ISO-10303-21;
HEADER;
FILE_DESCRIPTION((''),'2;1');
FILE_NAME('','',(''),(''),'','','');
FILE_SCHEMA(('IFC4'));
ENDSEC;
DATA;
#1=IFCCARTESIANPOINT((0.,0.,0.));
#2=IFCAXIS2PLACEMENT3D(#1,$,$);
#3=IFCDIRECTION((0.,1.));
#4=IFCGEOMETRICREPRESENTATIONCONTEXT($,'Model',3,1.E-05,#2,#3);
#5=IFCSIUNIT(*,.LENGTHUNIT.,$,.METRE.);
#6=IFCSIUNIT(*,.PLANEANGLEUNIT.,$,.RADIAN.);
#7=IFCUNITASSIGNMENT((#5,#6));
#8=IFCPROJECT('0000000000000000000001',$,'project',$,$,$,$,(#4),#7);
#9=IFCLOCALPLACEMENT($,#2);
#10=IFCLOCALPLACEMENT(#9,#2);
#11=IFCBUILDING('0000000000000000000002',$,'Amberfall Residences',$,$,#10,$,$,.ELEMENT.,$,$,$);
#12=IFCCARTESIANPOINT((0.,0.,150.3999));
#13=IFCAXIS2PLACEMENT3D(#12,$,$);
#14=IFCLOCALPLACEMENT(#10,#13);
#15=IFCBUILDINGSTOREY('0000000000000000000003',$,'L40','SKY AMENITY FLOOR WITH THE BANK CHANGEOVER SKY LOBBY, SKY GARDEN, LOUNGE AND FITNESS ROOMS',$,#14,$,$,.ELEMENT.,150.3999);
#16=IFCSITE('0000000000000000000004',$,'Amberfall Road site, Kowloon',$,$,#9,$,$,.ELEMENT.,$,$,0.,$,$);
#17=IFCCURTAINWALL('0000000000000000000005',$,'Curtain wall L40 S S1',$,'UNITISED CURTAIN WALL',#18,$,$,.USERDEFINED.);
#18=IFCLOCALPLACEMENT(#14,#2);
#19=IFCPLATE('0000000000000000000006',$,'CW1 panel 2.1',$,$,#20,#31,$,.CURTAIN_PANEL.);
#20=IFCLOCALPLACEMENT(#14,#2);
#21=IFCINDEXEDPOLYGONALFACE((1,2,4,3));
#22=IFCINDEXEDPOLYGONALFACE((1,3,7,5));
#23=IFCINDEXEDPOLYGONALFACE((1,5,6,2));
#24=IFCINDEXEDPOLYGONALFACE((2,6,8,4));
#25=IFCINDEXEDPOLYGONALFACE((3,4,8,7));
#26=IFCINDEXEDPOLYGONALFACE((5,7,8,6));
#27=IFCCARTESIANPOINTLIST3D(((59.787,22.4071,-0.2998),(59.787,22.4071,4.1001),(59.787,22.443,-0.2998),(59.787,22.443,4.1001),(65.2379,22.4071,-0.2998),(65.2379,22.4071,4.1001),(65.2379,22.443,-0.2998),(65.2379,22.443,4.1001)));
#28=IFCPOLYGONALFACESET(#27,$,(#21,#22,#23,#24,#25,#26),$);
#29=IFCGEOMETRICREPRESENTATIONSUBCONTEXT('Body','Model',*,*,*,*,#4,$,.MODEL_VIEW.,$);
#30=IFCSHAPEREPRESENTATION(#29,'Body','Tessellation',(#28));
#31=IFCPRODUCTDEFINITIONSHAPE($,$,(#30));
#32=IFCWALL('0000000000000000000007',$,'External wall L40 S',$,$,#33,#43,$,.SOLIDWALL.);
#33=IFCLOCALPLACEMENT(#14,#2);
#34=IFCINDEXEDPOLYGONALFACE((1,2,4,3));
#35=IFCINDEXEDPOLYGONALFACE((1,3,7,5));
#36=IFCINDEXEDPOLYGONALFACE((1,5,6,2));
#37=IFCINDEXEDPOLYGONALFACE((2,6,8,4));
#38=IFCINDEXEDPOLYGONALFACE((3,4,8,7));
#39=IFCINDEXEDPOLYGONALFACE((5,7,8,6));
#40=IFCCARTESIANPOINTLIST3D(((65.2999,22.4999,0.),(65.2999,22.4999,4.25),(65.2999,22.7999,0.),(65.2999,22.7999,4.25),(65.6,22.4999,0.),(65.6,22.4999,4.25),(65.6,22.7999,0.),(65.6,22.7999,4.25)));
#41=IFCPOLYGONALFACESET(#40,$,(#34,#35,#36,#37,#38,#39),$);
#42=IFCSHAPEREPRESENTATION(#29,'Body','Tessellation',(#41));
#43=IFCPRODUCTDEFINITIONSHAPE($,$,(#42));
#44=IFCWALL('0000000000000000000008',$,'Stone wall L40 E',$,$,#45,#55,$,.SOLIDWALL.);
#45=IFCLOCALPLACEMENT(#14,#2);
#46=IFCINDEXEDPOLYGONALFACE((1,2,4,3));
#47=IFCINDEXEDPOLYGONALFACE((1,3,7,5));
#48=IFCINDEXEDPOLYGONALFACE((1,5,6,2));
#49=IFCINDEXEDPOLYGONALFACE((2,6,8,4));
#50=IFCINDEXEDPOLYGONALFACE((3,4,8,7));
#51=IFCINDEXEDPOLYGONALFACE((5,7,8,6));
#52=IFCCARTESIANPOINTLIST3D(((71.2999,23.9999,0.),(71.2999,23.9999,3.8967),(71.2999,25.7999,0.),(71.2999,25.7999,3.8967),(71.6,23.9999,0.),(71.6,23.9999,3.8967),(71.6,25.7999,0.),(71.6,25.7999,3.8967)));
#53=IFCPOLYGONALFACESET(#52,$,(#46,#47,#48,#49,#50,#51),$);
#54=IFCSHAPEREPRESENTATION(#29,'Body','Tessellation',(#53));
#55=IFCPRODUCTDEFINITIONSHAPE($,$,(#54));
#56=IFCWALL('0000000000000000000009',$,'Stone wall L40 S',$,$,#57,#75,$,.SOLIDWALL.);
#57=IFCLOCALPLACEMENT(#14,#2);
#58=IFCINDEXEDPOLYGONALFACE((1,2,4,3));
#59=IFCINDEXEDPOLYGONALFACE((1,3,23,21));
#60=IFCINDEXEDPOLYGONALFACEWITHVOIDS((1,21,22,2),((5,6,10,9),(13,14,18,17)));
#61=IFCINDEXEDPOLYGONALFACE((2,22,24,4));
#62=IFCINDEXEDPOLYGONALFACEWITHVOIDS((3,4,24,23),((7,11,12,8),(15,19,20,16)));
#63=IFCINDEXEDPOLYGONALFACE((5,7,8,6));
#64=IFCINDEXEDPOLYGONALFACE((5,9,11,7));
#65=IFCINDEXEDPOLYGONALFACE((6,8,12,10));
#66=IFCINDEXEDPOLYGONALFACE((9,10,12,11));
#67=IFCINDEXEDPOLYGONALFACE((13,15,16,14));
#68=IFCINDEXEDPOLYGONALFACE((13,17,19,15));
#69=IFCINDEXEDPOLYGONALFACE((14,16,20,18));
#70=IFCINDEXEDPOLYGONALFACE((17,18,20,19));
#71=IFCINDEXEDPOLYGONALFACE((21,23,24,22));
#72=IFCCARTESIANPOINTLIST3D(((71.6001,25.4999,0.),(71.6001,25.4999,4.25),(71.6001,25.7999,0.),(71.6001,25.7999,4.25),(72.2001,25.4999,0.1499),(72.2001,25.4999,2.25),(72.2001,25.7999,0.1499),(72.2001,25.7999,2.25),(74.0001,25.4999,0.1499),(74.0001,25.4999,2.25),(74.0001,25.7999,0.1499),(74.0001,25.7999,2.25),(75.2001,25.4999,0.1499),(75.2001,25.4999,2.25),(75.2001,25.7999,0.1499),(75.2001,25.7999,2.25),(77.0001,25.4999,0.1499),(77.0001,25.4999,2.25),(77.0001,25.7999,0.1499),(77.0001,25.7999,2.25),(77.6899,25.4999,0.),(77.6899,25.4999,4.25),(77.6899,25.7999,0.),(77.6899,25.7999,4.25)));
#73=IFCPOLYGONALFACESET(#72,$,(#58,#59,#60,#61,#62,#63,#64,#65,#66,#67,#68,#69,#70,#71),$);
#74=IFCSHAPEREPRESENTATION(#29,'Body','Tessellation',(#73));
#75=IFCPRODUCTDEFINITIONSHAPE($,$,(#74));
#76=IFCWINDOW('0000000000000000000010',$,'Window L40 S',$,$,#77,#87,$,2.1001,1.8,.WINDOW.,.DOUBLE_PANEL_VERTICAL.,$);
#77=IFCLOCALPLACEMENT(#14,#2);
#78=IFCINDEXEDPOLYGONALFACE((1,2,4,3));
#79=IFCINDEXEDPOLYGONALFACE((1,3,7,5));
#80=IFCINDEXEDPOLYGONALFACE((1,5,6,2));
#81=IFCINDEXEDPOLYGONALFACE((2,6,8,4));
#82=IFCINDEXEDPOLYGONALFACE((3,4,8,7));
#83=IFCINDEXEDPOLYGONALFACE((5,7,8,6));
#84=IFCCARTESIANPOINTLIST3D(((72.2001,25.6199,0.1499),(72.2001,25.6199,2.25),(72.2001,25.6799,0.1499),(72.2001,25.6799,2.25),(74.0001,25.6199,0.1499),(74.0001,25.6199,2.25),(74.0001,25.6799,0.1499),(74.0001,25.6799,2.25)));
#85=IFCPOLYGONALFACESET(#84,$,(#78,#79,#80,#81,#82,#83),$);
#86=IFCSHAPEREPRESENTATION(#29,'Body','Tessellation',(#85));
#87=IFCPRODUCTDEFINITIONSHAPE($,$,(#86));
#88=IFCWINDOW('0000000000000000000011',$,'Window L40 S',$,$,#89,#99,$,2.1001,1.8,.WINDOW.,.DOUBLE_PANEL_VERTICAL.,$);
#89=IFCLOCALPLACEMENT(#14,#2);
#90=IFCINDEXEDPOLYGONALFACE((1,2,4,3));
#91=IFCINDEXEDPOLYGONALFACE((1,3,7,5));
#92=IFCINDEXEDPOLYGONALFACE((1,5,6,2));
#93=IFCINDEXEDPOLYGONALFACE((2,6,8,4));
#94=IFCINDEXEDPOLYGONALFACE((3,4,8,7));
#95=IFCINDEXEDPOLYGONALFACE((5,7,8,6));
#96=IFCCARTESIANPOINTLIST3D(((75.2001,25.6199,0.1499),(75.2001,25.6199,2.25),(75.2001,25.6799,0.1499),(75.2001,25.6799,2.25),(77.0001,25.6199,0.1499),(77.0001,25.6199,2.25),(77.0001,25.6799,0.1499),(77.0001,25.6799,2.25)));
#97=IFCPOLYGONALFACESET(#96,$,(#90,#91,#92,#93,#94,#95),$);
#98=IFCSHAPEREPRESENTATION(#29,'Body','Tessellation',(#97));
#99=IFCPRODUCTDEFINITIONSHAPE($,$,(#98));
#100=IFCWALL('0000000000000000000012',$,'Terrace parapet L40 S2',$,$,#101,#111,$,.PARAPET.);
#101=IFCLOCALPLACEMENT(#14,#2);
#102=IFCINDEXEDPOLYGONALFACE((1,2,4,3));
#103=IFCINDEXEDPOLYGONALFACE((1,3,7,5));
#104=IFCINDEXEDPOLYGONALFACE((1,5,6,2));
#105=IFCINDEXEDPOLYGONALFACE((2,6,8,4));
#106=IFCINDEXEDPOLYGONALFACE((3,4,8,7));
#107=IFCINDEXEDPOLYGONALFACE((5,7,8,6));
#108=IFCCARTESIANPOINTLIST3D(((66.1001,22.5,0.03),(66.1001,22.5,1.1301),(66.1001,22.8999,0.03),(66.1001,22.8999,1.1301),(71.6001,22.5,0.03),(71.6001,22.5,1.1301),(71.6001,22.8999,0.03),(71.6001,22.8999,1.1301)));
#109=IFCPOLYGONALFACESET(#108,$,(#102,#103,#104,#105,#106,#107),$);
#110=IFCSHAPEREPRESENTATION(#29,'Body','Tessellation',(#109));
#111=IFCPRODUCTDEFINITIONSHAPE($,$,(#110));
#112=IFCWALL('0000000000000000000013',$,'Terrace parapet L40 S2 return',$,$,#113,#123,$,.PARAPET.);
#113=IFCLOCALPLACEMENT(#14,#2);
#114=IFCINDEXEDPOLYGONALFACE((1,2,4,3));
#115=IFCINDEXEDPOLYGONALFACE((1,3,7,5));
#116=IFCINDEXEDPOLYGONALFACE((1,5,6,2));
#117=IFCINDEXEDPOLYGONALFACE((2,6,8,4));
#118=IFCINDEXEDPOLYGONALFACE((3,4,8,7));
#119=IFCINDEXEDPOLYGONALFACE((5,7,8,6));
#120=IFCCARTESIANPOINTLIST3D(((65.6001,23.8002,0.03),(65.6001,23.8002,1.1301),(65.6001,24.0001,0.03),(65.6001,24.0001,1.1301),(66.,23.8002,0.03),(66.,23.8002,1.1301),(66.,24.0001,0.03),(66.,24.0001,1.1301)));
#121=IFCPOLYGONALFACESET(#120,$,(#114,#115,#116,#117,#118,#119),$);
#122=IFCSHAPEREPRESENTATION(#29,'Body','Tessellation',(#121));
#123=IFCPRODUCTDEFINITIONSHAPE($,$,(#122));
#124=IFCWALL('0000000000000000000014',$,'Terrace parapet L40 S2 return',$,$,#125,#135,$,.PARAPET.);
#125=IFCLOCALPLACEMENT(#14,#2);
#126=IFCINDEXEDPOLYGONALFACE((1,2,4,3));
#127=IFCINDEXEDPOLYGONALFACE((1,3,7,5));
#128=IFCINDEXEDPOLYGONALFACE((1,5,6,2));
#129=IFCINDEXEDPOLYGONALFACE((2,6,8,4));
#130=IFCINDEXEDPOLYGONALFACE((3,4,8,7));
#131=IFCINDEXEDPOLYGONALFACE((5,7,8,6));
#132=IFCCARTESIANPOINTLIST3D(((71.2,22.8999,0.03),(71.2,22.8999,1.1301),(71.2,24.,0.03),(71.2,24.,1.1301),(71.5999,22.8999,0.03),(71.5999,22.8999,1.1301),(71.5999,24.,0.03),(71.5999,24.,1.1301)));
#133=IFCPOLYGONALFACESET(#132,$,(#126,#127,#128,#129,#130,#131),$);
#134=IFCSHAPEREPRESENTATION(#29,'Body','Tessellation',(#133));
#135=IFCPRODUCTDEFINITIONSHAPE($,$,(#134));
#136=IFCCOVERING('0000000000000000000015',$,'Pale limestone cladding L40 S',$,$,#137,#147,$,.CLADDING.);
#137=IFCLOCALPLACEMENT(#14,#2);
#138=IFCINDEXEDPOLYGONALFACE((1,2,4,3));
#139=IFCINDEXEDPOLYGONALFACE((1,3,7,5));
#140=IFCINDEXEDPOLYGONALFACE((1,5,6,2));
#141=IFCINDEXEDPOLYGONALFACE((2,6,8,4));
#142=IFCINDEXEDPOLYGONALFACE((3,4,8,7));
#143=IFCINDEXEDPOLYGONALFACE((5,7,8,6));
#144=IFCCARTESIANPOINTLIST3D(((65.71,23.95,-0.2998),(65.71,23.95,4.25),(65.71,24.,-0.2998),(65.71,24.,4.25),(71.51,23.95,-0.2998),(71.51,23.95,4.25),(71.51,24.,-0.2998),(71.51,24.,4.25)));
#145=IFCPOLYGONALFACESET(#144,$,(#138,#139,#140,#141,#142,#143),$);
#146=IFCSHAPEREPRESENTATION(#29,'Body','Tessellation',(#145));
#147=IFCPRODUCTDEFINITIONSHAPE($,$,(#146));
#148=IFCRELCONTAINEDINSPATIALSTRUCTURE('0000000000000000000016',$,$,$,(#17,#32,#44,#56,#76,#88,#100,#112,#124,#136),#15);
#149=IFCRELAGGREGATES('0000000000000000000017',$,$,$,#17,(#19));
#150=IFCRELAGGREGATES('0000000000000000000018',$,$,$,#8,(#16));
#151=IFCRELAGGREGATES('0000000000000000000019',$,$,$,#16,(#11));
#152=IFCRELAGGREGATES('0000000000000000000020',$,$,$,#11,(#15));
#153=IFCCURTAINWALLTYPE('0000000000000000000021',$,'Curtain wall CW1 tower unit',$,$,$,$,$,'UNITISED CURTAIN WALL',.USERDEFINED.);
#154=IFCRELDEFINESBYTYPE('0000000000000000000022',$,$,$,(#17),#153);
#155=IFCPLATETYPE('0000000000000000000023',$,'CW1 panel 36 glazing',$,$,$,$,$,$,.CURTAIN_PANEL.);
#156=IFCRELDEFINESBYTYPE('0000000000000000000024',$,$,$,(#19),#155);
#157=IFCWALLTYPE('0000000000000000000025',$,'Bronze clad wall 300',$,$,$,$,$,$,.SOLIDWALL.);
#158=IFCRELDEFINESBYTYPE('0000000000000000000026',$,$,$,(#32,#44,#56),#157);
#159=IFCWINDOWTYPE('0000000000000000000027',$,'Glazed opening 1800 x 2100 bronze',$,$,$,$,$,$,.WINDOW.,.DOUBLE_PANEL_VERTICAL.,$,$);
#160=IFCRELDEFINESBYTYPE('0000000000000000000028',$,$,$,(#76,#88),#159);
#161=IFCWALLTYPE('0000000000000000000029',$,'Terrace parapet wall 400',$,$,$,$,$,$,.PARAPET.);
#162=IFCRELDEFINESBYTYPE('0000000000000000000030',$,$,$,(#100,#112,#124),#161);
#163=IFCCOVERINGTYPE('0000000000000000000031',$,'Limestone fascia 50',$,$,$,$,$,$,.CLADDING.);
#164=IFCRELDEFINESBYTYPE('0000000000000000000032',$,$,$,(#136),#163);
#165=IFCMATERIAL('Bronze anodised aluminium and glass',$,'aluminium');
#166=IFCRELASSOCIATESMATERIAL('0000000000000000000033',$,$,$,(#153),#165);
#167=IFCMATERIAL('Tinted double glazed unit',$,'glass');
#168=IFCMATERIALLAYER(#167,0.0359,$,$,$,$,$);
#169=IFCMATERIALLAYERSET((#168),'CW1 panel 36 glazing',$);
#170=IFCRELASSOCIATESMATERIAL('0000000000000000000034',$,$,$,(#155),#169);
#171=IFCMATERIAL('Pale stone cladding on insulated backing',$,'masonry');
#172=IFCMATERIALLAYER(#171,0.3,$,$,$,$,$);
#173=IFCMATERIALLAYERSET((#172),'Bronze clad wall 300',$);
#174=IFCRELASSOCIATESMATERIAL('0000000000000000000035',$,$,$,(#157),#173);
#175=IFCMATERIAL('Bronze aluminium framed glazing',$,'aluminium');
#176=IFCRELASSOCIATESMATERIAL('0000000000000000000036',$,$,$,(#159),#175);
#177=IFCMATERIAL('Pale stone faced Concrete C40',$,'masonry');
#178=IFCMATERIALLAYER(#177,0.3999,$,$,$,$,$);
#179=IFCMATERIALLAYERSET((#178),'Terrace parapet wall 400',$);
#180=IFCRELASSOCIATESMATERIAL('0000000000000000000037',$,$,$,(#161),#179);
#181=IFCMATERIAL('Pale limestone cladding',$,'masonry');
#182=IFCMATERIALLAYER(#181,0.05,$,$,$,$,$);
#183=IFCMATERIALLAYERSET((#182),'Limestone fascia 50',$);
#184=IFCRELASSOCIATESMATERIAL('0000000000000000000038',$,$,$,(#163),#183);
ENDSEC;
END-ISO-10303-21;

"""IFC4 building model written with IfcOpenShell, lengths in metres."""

from ifc_helpers import new_model, si_unit, direction, frame, frame_2d, origin, origin_2d, place, context, subcontext, project, spatial, polyline, rectangle, outline, extrude, material, layer, layer_set, type_object, element, fill, aggregate, save


model = new_model("IFC4")

# Units and contexts
model_context = context("Model", 3, precision=1e-05, world=origin(), true_north=direction((0.0, 1.0)))
body_context = subcontext(model_context, "Body", "Model", "MODEL_VIEW")
ifc_project = project(units=[si_unit("LENGTHUNIT", "METRE"), si_unit("PLANEANGLEUNIT", "RADIAN")], contexts=[model_context])

# Site, building, storey
site_placement = place(None, origin())
site = spatial("IfcSite", under=ifc_project, at=site_placement, Name="Amberfall Road site, Kowloon", CompositionType="ELEMENT", RefElevation=0.0)
building_placement = place(site_placement, origin())
building = spatial("IfcBuilding", under=site, at=building_placement, Name="Amberfall Residences", CompositionType="ELEMENT")
storey_placement = place(building_placement, frame((0.0, 0.0, 150.3999)))
storey = spatial("IfcBuildingStorey", under=building, at=storey_placement, Name="L40", Description="SKY AMENITY FLOOR WITH THE BANK CHANGEOVER SKY LOBBY, SKY GARDEN, LOUNGE AND FITNESS ROOMS", CompositionType="ELEMENT", Elevation=150.3999)

# Curtain wall
ifc_material_1 = material(Name="Bronze anodised aluminium and glass", Category="aluminium")
curtain_wall_type = type_object("IfcCurtainWallType", Name="Curtain wall CW1 tower unit", ElementType="UNITISED CURTAIN WALL", PredefinedType="USERDEFINED", material=ifc_material_1)
curtain_wall_placement = place(storey_placement, origin())
curtain_wall = element("IfcCurtainWall", 1, at=curtain_wall_placement, inside=storey, type_object=curtain_wall_type, Name="Curtain wall L40 S S1", ObjectType="UNITISED CURTAIN WALL", PredefinedType="USERDEFINED")

# Plate
ifc_material_2 = material(Name="Tinted double glazed unit", Category="glass")
ifc_layer_1 = layer(ifc_material_2, 0.0359)
ifc_layer_set_1 = layer_set([ifc_layer_1], Name="CW1 panel 36 glazing")
plate_type = type_object("IfcPlateType", Name="CW1 panel 36 glazing", PredefinedType="CURTAIN_PANEL", material=ifc_layer_set_1)
plate_placement = place(storey_placement, frame((62.5125, 22.425, -0.2998), z_axis=(0.0, 0.0, 1.0), x_axis=(1.0, 0.0, 0.0)))
plate = element("IfcPlate", 2, at=plate_placement, type_object=plate_type, Name="CW1 panel 2.1", PredefinedType="CURTAIN_PANEL", context=body_context, shape_type="SweptSolid", body=[
    extrude(rectangle(XDim=5.4509, YDim=0.0359, at=origin_2d()), origin(), (0.0, 0.0, 1.0), 4.3999),
])
aggregate(curtain_wall, [plate])

# Wall
ifc_material_3 = material(Name="Pale stone cladding on insulated backing", Category="masonry")
ifc_layer_2 = layer(ifc_material_3, 0.3)
ifc_layer_set_2 = layer_set([ifc_layer_2], Name="Bronze clad wall 300")
wall_type_1 = type_object("IfcWallType", Name="Bronze clad wall 300", PredefinedType="SOLIDWALL", material=ifc_layer_set_2)
wall_1_placement = place(storey_placement, frame((65.45, 22.5, 0.0), z_axis=(0.0, 0.0, 1.0), x_axis=(0.0, 1.0, 0.0)))
element("IfcWall", 3, at=wall_1_placement, inside=storey, type_object=wall_type_1, Name="External wall L40 S", PredefinedType="SOLIDWALL", context=body_context, shape_type="SweptSolid", body=[
    extrude(rectangle(XDim=0.3, YDim=0.3, at=frame_2d((0.1499, 0.0))), origin(), (0.0, 0.0, 1.0), 4.25),
])

# Wall
wall_2_placement = place(storey_placement, frame((71.45, 24.0, 0.0), z_axis=(0.0, 0.0, 1.0), x_axis=(0.0, 1.0, 0.0)))
element("IfcWall", 4, at=wall_2_placement, inside=storey, type_object=wall_type_1, Name="Stone wall L40 E", PredefinedType="SOLIDWALL", context=body_context, shape_type="SweptSolid", body=[
    extrude(rectangle(XDim=1.8, YDim=0.3, at=frame_2d((0.8999, 0.0))), origin(), (0.0, 0.0, 1.0), 3.8967),
])

# Wall, openings, windows
wall_3_placement = place(storey_placement, frame((71.6001, 25.6499, 0.0), z_axis=(0.0, 0.0, 1.0), x_axis=(1.0, 0.0, 0.0)))
wall_3 = element("IfcWall", 5, at=wall_3_placement, inside=storey, type_object=wall_type_1, Name="Stone wall L40 S", PredefinedType="SOLIDWALL", context=body_context, shape_type="SweptSolid", body=[
    extrude(rectangle(XDim=6.0898, YDim=0.3, at=frame_2d((3.0449, 0.0))), origin(), (0.0, 0.0, 1.0), 4.25),
])
opening_1_placement = place(wall_3_placement, frame((0.6001, 0.0, 0.1499)))
opening_1 = element("IfcOpeningElement", 6, at=opening_1_placement, cuts=wall_3, PredefinedType="OPENING", context=body_context, shape_type="SweptSolid", body=[
    extrude(rectangle(XDim=1.8, YDim=2.1001, at=frame_2d((0.8999, 1.05))), frame((0.0, 0.1599, 0.0), z_axis=(0.0, -1.0, 0.0), x_axis=(1.0, 0.0, 0.0)), (0.0, 0.0, 1.0), 0.3201),
])
opening_2_placement = place(wall_3_placement, frame((3.6001, 0.0, 0.1499)))
opening_2 = element("IfcOpeningElement", 7, at=opening_2_placement, cuts=wall_3, PredefinedType="OPENING", context=body_context, shape_type="SweptSolid", body=[
    extrude(rectangle(XDim=1.8, YDim=2.1001, at=frame_2d((0.8999, 1.05))), frame((0.0, 0.1599, 0.0), z_axis=(0.0, -1.0, 0.0), x_axis=(1.0, 0.0, 0.0)), (0.0, 0.0, 1.0), 0.3201),
])
ifc_material_4 = material(Name="Bronze aluminium framed glazing", Category="aluminium")
window_type = type_object("IfcWindowType", Name="Glazed opening 1800 x 2100 bronze", PartitioningType="DOUBLE_PANEL_VERTICAL", PredefinedType="WINDOW", material=ifc_material_4)
window_1_placement = place(opening_1_placement, origin())
window_1 = element("IfcWindow", 8, at=window_1_placement, inside=storey, type_object=window_type, Name="Window L40 S", OverallHeight=2.1001, OverallWidth=1.8, PartitioningType="DOUBLE_PANEL_VERTICAL", PredefinedType="WINDOW", context=body_context, shape_type="SweptSolid", body=[
    extrude(rectangle(XDim=1.8, YDim=2.1001, at=frame_2d((0.8999, 1.05))), frame((0.0, 0.03, 0.0), z_axis=(0.0, -1.0, 0.0), x_axis=(1.0, 0.0, 0.0)), (0.0, 0.0, 1.0), 0.0601),
])
fill(opening_1, window_1)
window_2_placement = place(opening_2_placement, origin())
window_2 = element("IfcWindow", 9, at=window_2_placement, inside=storey, type_object=window_type, Name="Window L40 S", OverallHeight=2.1001, OverallWidth=1.8, PartitioningType="DOUBLE_PANEL_VERTICAL", PredefinedType="WINDOW", context=body_context, shape_type="SweptSolid", body=[
    extrude(rectangle(XDim=1.8, YDim=2.1001, at=frame_2d((0.8999, 1.05))), frame((0.0, 0.03, 0.0), z_axis=(0.0, -1.0, 0.0), x_axis=(1.0, 0.0, 0.0)), (0.0, 0.0, 1.0), 0.0601),
])
fill(opening_2, window_2)

# Walls
ifc_material_5 = material(Name="Pale stone faced Concrete C40", Category="masonry")
ifc_layer_3 = layer(ifc_material_5, 0.3999)
ifc_layer_set_3 = layer_set([ifc_layer_3], Name="Terrace parapet wall 400")
wall_type_2 = type_object("IfcWallType", Name="Terrace parapet wall 400", PredefinedType="PARAPET", material=ifc_layer_set_3)
wall_4_placement = place(storey_placement, frame((66.1001, 22.7, 0.03), z_axis=(0.0, 0.0, 1.0), x_axis=(1.0, 0.0, 0.0)))
element("IfcWall", 10, at=wall_4_placement, inside=storey, type_object=wall_type_2, Name="Terrace parapet L40 S2", PredefinedType="PARAPET", context=body_context, shape_type="SweptSolid", body=[
    extrude(rectangle(XDim=5.5, YDim=0.3999, at=frame_2d((2.75, 0.0))), origin(), (0.0, 0.0, 1.0), 1.1001),
])
wall_5_placement = place(storey_placement, frame((65.8, 23.8, 0.03), z_axis=(0.0, 0.0, 1.0), x_axis=(0.0, 1.0, 0.0)))
element("IfcWall", 11, at=wall_5_placement, inside=storey, type_object=wall_type_2, Name="Terrace parapet L40 S2 return", PredefinedType="PARAPET", context=body_context, shape_type="SweptSolid", body=[
    extrude(rectangle(XDim=0.2, YDim=0.3999, at=frame_2d((0.1001, 0.0))), origin(), (0.0, 0.0, 1.0), 1.1001),
])
wall_6_placement = place(storey_placement, frame((71.3999, 22.8999, 0.03), z_axis=(0.0, 0.0, 1.0), x_axis=(0.0, 1.0, 0.0)))
element("IfcWall", 12, at=wall_6_placement, inside=storey, type_object=wall_type_2, Name="Terrace parapet L40 S2 return", PredefinedType="PARAPET", context=body_context, shape_type="SweptSolid", body=[
    extrude(rectangle(XDim=1.1001, YDim=0.3999, at=frame_2d((0.55, 0.0))), origin(), (0.0, 0.0, 1.0), 1.1001),
])

# Covering
ifc_material_6 = material(Name="Pale limestone cladding", Category="masonry")
ifc_layer_4 = layer(ifc_material_6, 0.05)
ifc_layer_set_4 = layer_set([ifc_layer_4], Name="Limestone fascia 50")
covering_type = type_object("IfcCoveringType", Name="Limestone fascia 50", PredefinedType="CLADDING", material=ifc_layer_set_4)
covering_placement = place(storey_placement, frame((65.71, 24.0, 4.25), z_axis=(0.0, 1.0, 0.0), x_axis=(1.0, 0.0, 0.0)))
element("IfcCovering", 13, at=covering_placement, inside=storey, type_object=covering_type, Name="Pale limestone cladding L40 S", PredefinedType="CLADDING", context=body_context, shape_type="SweptSolid", body=[
    extrude(outline(polyline([(0.0, 0.0), (5.8, 0.0), (5.8, 4.5498), (0.0, 4.5498), (0.0, 0.0)])), origin(), (0.0, 0.0, -1.0), 0.05),
])

save(model, "model.ifc")
